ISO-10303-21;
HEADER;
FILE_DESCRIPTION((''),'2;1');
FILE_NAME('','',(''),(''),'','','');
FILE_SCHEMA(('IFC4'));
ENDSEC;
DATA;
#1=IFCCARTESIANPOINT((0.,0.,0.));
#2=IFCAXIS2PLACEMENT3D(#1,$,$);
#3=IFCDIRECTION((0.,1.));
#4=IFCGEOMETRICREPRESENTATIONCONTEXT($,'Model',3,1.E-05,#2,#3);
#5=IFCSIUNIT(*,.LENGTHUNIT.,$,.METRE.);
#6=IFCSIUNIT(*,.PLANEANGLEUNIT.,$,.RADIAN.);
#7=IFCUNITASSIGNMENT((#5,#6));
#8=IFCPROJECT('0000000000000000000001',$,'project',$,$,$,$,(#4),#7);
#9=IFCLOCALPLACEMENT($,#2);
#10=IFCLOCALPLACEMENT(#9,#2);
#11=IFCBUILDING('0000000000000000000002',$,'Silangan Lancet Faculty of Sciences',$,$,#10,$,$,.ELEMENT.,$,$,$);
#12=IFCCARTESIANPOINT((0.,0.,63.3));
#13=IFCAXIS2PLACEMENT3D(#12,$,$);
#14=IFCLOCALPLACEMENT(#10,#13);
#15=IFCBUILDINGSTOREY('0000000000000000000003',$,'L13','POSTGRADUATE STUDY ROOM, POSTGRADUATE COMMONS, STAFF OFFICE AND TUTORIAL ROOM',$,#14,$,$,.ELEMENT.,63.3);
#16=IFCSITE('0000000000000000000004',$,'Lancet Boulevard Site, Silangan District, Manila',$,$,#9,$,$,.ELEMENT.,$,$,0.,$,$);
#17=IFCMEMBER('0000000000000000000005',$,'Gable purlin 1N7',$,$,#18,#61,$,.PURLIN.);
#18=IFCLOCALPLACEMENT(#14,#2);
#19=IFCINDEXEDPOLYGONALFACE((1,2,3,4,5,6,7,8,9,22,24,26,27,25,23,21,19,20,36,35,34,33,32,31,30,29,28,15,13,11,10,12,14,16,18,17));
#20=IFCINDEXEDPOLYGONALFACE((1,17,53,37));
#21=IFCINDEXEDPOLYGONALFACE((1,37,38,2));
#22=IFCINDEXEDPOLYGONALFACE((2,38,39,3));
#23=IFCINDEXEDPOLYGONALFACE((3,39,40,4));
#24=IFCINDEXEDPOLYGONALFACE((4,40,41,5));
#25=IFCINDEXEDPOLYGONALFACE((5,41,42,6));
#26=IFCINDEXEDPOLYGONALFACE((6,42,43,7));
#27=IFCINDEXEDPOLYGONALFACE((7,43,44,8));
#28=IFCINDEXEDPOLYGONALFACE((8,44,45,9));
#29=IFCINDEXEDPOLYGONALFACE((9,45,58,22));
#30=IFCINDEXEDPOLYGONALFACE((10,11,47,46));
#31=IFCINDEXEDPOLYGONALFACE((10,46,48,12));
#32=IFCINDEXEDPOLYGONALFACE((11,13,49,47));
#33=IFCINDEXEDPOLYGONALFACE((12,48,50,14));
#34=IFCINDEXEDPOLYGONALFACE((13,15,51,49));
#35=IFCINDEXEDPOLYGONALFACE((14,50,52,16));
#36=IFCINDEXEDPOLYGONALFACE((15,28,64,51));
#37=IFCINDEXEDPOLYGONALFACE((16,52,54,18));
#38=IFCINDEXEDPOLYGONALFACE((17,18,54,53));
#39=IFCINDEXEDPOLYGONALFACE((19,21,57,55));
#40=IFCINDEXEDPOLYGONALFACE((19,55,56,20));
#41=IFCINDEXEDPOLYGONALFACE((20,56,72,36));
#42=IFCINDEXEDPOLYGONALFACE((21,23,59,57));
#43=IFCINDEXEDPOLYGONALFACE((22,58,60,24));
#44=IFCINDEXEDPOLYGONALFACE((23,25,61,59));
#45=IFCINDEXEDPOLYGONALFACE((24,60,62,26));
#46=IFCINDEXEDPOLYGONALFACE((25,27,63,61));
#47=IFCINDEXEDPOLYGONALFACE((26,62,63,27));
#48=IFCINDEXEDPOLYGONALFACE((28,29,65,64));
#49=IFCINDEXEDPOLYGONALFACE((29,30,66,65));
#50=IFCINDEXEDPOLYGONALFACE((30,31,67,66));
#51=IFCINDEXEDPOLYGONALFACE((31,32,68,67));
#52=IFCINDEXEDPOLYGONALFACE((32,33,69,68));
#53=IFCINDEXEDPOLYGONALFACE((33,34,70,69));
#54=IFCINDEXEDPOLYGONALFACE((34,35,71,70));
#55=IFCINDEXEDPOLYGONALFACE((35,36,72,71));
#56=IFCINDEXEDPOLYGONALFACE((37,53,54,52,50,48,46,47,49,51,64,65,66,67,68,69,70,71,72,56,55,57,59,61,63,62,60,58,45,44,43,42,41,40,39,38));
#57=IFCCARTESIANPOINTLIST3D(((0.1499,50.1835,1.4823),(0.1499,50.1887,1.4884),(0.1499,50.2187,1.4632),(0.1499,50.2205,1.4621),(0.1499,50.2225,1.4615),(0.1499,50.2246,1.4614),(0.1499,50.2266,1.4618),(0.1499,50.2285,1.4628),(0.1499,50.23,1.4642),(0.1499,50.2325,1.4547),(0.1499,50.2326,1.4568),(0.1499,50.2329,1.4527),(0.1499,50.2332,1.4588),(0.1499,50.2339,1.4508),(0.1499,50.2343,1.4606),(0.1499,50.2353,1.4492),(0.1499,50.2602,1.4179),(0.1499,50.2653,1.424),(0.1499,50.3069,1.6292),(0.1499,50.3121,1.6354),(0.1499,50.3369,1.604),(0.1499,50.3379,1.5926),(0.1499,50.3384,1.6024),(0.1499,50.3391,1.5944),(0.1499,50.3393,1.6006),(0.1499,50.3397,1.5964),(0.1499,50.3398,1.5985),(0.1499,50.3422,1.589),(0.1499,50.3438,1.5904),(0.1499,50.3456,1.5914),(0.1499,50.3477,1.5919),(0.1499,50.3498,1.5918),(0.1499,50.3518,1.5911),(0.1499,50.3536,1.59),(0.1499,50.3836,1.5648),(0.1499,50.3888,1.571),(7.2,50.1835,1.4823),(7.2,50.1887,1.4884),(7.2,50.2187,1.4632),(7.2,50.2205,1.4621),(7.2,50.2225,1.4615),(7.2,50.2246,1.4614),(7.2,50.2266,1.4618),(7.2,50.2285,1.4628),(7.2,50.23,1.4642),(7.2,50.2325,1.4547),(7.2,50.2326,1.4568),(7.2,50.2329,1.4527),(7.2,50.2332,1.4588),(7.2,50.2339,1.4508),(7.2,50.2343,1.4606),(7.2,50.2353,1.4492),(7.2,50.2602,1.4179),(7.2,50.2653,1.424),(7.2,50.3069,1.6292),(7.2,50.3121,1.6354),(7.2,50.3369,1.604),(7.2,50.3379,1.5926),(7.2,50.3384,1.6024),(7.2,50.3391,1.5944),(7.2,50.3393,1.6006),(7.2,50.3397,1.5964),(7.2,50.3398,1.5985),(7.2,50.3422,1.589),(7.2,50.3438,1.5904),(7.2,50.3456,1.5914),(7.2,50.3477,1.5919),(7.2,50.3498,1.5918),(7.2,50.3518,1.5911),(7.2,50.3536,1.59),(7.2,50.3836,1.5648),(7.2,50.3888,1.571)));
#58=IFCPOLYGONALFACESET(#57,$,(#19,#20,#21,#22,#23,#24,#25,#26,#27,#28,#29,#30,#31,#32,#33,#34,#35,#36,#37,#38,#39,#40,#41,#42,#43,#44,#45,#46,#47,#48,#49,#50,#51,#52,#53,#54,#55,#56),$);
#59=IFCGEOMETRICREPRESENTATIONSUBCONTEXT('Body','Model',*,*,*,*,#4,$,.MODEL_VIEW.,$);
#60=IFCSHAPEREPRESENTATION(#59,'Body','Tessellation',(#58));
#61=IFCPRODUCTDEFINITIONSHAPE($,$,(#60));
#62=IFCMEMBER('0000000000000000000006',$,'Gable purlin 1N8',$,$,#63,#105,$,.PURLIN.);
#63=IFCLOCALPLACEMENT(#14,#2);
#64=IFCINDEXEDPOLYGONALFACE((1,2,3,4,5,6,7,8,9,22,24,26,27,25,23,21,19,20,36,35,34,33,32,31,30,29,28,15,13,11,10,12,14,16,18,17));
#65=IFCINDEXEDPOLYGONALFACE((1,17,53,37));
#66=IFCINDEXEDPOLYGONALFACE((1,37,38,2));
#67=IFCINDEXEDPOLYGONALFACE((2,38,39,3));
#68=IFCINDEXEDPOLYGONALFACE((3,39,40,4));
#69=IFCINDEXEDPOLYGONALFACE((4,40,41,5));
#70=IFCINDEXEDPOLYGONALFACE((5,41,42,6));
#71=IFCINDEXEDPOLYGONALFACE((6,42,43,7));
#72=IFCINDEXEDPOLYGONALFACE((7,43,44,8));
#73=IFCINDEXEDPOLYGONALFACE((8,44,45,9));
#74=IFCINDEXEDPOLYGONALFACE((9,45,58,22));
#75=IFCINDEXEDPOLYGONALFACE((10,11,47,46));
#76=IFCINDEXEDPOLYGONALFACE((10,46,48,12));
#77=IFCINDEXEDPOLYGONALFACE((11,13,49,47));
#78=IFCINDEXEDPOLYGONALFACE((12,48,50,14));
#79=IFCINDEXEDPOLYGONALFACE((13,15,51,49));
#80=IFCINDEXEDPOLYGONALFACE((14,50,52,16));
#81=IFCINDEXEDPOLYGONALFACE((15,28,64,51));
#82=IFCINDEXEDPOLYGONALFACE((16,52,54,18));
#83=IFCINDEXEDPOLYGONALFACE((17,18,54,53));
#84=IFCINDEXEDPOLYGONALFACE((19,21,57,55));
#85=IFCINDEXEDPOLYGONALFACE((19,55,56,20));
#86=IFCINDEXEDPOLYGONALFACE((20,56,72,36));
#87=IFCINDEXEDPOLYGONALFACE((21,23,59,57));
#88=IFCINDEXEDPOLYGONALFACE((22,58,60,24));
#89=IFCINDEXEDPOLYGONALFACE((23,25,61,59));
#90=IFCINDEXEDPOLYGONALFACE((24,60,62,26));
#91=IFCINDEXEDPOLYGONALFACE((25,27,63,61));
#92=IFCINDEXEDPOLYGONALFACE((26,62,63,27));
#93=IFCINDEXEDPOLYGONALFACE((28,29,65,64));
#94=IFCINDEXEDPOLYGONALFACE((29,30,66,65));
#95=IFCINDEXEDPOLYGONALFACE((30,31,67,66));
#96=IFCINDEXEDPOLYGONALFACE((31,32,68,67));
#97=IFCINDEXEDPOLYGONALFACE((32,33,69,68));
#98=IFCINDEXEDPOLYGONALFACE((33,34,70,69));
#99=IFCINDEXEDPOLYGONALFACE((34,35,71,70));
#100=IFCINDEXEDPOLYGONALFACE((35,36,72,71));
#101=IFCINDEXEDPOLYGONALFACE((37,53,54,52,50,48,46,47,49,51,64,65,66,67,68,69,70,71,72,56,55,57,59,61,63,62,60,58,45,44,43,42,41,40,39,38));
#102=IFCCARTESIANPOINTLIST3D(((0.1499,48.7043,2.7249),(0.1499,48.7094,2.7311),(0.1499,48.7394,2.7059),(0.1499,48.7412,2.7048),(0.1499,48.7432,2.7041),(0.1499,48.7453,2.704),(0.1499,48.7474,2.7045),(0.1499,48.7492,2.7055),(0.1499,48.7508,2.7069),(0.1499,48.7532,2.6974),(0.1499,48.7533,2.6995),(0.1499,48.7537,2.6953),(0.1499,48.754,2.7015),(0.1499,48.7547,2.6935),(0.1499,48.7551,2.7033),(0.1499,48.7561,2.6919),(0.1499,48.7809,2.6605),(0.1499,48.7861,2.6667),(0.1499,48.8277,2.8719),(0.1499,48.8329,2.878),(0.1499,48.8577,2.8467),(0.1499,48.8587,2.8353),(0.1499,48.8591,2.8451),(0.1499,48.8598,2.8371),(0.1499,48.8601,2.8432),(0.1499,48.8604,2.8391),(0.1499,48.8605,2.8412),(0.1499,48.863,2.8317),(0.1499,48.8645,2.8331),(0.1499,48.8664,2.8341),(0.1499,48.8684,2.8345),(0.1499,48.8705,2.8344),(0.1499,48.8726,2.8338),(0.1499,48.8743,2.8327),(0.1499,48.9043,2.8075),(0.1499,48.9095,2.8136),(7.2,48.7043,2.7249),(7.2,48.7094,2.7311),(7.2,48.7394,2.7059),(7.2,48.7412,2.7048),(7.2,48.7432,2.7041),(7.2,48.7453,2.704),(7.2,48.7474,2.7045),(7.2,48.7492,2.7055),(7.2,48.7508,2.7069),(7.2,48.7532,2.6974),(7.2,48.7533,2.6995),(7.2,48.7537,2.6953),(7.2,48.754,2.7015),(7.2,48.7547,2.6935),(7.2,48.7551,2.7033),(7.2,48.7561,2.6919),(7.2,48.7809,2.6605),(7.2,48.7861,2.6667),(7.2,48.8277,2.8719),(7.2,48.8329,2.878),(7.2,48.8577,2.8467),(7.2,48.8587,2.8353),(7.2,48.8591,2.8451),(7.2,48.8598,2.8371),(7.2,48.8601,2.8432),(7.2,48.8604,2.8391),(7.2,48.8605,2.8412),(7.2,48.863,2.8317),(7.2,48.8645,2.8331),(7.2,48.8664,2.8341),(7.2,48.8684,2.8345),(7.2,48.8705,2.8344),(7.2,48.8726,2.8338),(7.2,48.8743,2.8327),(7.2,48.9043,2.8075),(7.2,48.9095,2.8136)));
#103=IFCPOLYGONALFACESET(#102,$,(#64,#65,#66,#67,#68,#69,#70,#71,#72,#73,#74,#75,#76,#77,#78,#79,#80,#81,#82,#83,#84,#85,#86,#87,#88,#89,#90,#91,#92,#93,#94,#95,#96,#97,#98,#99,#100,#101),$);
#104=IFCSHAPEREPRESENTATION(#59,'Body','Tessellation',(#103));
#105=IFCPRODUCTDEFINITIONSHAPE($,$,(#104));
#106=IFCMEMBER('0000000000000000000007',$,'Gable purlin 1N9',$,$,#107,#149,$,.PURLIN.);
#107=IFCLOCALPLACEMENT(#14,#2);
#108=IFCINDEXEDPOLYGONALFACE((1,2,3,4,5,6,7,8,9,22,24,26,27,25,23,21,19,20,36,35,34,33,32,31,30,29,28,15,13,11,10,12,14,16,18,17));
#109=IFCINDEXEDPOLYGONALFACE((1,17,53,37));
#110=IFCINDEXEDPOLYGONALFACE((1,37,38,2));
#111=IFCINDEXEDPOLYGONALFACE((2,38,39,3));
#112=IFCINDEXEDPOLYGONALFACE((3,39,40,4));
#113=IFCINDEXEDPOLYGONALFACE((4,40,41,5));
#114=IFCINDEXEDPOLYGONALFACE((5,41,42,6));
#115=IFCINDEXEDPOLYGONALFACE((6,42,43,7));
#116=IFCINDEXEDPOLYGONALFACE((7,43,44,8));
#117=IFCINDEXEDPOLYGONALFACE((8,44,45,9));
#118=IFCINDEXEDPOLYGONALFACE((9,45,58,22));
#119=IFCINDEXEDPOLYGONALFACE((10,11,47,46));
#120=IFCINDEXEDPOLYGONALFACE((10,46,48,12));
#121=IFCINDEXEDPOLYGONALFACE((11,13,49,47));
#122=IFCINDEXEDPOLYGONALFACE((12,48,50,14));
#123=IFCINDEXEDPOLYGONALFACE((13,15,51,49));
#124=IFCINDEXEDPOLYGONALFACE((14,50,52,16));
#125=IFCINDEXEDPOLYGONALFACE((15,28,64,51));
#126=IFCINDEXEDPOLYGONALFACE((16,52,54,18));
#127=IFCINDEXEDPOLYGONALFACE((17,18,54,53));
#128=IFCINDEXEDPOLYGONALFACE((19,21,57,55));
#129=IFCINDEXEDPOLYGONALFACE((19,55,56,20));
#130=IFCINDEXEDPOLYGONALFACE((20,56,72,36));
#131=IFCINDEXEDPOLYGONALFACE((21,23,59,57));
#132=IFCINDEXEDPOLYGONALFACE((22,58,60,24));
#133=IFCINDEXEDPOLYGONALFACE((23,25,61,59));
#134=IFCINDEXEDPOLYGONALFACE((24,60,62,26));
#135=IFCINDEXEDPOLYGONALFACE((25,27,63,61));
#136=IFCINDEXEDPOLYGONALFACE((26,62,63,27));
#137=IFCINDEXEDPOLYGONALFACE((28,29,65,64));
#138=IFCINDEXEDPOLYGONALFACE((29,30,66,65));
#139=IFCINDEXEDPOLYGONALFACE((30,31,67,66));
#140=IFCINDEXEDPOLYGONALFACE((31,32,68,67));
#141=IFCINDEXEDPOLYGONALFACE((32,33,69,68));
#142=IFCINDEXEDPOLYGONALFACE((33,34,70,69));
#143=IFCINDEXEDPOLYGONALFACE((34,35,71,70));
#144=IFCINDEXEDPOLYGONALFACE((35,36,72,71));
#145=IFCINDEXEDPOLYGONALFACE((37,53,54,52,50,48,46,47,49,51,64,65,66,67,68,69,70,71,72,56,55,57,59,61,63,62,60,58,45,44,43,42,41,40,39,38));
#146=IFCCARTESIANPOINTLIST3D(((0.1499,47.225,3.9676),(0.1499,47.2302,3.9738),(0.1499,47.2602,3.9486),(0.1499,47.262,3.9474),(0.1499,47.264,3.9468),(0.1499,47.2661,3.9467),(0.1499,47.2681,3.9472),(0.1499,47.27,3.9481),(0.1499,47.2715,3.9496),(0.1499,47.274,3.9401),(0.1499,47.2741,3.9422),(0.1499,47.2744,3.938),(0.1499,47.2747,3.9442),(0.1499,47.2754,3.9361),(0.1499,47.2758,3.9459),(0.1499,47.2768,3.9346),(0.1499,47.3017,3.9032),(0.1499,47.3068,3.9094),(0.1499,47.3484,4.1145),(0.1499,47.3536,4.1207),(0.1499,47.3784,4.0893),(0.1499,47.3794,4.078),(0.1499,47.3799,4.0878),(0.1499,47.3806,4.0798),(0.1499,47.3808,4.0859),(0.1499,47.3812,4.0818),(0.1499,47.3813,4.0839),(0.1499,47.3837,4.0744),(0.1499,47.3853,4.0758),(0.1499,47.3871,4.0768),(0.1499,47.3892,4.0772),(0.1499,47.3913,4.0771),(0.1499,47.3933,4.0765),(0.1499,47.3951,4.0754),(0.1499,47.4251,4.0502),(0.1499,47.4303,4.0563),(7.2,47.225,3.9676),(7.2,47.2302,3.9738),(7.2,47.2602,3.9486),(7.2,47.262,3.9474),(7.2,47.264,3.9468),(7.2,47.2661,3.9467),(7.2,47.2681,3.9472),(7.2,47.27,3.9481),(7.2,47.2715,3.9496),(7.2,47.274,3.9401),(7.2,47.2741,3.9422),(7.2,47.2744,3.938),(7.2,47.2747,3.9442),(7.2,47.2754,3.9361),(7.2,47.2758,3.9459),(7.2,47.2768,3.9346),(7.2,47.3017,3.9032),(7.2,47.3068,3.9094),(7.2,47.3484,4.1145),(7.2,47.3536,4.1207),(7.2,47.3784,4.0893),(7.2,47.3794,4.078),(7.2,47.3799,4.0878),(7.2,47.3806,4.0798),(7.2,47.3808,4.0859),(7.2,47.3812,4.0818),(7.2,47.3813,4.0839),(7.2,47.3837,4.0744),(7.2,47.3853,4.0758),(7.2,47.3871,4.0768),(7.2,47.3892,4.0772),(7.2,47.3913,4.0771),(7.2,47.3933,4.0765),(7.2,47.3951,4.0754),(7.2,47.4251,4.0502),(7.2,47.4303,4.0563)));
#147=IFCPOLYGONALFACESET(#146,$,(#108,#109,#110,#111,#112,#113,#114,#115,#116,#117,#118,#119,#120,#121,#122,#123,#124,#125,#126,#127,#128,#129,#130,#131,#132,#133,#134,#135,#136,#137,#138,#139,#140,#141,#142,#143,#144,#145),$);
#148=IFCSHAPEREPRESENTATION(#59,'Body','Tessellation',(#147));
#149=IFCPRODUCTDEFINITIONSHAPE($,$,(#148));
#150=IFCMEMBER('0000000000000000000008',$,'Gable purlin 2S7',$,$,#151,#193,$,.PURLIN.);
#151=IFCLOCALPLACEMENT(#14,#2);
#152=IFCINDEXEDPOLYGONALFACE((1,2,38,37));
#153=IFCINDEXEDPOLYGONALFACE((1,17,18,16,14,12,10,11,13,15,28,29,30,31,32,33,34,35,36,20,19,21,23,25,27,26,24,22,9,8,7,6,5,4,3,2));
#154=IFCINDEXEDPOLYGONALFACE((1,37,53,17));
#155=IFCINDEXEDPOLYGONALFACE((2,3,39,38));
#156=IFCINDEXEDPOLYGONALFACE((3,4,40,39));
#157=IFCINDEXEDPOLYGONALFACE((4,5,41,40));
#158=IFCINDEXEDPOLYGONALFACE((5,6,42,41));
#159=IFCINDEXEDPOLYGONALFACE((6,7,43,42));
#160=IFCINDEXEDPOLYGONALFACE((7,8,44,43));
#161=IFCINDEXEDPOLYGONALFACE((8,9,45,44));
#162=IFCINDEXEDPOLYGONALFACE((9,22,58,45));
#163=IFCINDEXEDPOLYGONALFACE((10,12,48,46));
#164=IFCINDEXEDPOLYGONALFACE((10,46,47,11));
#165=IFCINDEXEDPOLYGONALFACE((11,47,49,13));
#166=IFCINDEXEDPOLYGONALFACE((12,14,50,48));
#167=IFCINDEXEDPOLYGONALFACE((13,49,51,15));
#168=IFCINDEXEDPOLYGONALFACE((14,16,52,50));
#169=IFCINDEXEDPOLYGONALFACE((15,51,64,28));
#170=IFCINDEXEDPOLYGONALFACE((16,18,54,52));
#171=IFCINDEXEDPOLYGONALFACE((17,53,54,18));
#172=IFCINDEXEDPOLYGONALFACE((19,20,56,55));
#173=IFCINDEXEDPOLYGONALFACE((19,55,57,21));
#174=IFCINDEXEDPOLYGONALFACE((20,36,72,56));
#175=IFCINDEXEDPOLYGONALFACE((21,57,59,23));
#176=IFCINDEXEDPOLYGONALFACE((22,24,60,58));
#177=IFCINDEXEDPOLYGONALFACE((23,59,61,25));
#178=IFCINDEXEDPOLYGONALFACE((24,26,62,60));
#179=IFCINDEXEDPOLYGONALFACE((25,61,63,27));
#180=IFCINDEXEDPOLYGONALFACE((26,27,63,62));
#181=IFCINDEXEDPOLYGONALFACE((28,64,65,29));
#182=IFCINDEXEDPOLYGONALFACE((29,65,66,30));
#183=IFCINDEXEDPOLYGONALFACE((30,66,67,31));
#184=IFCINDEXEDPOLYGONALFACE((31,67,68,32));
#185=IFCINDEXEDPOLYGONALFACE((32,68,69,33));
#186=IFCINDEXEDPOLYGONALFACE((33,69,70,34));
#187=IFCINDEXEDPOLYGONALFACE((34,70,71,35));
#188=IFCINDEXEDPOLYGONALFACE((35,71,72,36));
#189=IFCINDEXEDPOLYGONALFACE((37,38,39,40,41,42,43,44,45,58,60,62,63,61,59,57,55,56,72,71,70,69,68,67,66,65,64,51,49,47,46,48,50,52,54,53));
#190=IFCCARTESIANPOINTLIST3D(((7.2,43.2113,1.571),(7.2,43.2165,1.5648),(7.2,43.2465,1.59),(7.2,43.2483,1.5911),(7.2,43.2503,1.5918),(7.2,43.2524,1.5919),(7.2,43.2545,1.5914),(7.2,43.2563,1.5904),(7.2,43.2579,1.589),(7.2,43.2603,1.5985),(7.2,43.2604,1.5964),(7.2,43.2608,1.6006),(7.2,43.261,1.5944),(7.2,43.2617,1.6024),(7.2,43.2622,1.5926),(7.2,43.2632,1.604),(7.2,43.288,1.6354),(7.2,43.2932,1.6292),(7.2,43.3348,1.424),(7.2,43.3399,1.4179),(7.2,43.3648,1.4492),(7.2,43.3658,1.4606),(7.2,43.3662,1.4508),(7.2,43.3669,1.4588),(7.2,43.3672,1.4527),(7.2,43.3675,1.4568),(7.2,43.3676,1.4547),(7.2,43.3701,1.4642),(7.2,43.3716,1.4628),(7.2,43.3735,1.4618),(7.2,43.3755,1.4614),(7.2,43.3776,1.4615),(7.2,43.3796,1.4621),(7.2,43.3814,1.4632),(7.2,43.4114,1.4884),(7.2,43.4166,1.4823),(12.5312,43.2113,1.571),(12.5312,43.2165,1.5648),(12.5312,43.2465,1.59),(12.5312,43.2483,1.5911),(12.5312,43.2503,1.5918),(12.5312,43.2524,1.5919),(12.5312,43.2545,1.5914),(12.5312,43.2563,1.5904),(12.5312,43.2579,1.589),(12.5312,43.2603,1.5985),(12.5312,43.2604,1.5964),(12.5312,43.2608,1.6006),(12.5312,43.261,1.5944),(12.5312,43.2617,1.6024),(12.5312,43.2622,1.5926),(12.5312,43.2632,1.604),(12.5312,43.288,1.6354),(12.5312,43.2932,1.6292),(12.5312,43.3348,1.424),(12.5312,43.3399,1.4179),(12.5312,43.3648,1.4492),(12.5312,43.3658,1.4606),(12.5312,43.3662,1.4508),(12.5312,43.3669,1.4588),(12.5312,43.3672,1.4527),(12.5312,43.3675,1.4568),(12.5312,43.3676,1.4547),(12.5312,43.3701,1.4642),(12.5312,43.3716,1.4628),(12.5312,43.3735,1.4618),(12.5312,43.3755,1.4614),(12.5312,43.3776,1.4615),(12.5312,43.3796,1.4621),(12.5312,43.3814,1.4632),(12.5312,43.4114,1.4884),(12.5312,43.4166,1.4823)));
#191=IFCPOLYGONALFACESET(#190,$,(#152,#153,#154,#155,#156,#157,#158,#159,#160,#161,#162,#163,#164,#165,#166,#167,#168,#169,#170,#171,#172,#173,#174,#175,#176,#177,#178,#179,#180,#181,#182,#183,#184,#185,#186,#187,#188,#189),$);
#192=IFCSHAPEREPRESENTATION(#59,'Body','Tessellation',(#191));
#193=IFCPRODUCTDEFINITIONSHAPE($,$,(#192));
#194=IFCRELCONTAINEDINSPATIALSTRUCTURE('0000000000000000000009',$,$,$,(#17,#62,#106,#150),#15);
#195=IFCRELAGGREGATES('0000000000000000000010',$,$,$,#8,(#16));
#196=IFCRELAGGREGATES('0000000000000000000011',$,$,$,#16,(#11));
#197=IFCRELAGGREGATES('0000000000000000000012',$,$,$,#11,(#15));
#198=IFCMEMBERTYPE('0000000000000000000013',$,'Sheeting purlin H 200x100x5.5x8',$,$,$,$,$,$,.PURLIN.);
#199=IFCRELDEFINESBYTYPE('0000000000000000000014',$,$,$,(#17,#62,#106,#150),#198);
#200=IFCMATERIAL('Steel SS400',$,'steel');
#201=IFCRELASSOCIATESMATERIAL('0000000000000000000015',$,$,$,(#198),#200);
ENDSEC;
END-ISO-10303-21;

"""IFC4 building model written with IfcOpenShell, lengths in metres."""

from ifc_helpers import new_model, si_unit, direction, frame, origin, origin_2d, place, context, subcontext, project, spatial, i_section, extrude, material, material_profile, profile_set, type_object, element, save


model = new_model("IFC4")

# Units and contexts
model_context = context("Model", 3, precision=1e-05, world=origin(), true_north=direction((0.0, 1.0)))
body_context = subcontext(model_context, "Body", "Model", "MODEL_VIEW")
ifc_project = project(units=[si_unit("LENGTHUNIT", "METRE"), si_unit("PLANEANGLEUNIT", "RADIAN")], contexts=[model_context])

# Site, building, storey
site_placement = place(None, origin())
site = spatial("IfcSite", under=ifc_project, at=site_placement, Name="Lancet Boulevard Site, Silangan District, Manila", CompositionType="ELEMENT", RefElevation=0.0)
building_placement = place(site_placement, origin())
building = spatial("IfcBuilding", under=site, at=building_placement, Name="Silangan Lancet Faculty of Sciences", CompositionType="ELEMENT")
storey_placement = place(building_placement, frame((0.0, 0.0, 63.3)))
storey = spatial("IfcBuildingStorey", under=building, at=storey_placement, Name="L13", Description="POSTGRADUATE STUDY ROOM, POSTGRADUATE COMMONS, STAFF OFFICE AND TUTORIAL ROOM", CompositionType="ELEMENT", Elevation=63.3)

# Members
ifc_material = material(Name="Steel SS400", Category="steel")
ifc_material_profile = material_profile(ifc_material, i_section(OverallWidth=0.1001, OverallDepth=0.2, WebThickness=0.0056, FlangeThickness=0.0081, FilletRadius=0.0081, at=origin_2d()), Name="H 200x100x5.5x8")
ifc_profile_set = profile_set([ifc_material_profile], Name="Steel SS400")
member_type = type_object("IfcMemberType", Name="Sheeting purlin H 200x100x5.5x8", PredefinedType="PURLIN", material=ifc_profile_set)
for number, where, z_axis, x_axis, name in (
    (1, (0.1499, 50.2861, 1.5266), (1.0, 0.0, 0.0), (0.0, 0.765705, -0.643192), "Gable purlin 1N7"),
    (2, (0.1499, 48.8069, 2.7693), (1.0, 0.0, 0.0), (0.0, 0.765705, -0.643192), "Gable purlin 1N8"),
    (3, (0.1499, 47.3276, 4.012), (1.0, 0.0, 0.0), (0.0, 0.765705, -0.643192), "Gable purlin 1N9"),
):
    element("IfcMember", number, at=place(storey_placement, frame(where, z_axis=z_axis, x_axis=x_axis)), inside=storey, type_object=member_type, Name=name, PredefinedType="PURLIN", context=body_context, shape_type="SweptSolid", body=[
        extrude(i_section(OverallWidth=0.1001, OverallDepth=0.2, WebThickness=0.0056, FlangeThickness=0.0081, FilletRadius=0.0081, at=origin_2d()), origin(), (0.0, 0.0, 1.0), 7.05),
    ])
for number, where, z_axis, x_axis, name in (
    (4, (7.2, 43.314, 1.5266), (1.0, 0.0, 0.0), (0.0, 0.765705, 0.643192), "Gable purlin 2S7"),
):
    element("IfcMember", number, at=place(storey_placement, frame(where, z_axis=z_axis, x_axis=x_axis)), inside=storey, type_object=member_type, Name=name, PredefinedType="PURLIN", context=body_context, shape_type="SweptSolid", body=[
        extrude(i_section(OverallWidth=0.1001, OverallDepth=0.2, WebThickness=0.0056, FlangeThickness=0.0081, FilletRadius=0.0081, at=origin_2d()), origin(), (0.0, 0.0, 1.0), 5.3313),
    ])

save(model, "model.ifc")
